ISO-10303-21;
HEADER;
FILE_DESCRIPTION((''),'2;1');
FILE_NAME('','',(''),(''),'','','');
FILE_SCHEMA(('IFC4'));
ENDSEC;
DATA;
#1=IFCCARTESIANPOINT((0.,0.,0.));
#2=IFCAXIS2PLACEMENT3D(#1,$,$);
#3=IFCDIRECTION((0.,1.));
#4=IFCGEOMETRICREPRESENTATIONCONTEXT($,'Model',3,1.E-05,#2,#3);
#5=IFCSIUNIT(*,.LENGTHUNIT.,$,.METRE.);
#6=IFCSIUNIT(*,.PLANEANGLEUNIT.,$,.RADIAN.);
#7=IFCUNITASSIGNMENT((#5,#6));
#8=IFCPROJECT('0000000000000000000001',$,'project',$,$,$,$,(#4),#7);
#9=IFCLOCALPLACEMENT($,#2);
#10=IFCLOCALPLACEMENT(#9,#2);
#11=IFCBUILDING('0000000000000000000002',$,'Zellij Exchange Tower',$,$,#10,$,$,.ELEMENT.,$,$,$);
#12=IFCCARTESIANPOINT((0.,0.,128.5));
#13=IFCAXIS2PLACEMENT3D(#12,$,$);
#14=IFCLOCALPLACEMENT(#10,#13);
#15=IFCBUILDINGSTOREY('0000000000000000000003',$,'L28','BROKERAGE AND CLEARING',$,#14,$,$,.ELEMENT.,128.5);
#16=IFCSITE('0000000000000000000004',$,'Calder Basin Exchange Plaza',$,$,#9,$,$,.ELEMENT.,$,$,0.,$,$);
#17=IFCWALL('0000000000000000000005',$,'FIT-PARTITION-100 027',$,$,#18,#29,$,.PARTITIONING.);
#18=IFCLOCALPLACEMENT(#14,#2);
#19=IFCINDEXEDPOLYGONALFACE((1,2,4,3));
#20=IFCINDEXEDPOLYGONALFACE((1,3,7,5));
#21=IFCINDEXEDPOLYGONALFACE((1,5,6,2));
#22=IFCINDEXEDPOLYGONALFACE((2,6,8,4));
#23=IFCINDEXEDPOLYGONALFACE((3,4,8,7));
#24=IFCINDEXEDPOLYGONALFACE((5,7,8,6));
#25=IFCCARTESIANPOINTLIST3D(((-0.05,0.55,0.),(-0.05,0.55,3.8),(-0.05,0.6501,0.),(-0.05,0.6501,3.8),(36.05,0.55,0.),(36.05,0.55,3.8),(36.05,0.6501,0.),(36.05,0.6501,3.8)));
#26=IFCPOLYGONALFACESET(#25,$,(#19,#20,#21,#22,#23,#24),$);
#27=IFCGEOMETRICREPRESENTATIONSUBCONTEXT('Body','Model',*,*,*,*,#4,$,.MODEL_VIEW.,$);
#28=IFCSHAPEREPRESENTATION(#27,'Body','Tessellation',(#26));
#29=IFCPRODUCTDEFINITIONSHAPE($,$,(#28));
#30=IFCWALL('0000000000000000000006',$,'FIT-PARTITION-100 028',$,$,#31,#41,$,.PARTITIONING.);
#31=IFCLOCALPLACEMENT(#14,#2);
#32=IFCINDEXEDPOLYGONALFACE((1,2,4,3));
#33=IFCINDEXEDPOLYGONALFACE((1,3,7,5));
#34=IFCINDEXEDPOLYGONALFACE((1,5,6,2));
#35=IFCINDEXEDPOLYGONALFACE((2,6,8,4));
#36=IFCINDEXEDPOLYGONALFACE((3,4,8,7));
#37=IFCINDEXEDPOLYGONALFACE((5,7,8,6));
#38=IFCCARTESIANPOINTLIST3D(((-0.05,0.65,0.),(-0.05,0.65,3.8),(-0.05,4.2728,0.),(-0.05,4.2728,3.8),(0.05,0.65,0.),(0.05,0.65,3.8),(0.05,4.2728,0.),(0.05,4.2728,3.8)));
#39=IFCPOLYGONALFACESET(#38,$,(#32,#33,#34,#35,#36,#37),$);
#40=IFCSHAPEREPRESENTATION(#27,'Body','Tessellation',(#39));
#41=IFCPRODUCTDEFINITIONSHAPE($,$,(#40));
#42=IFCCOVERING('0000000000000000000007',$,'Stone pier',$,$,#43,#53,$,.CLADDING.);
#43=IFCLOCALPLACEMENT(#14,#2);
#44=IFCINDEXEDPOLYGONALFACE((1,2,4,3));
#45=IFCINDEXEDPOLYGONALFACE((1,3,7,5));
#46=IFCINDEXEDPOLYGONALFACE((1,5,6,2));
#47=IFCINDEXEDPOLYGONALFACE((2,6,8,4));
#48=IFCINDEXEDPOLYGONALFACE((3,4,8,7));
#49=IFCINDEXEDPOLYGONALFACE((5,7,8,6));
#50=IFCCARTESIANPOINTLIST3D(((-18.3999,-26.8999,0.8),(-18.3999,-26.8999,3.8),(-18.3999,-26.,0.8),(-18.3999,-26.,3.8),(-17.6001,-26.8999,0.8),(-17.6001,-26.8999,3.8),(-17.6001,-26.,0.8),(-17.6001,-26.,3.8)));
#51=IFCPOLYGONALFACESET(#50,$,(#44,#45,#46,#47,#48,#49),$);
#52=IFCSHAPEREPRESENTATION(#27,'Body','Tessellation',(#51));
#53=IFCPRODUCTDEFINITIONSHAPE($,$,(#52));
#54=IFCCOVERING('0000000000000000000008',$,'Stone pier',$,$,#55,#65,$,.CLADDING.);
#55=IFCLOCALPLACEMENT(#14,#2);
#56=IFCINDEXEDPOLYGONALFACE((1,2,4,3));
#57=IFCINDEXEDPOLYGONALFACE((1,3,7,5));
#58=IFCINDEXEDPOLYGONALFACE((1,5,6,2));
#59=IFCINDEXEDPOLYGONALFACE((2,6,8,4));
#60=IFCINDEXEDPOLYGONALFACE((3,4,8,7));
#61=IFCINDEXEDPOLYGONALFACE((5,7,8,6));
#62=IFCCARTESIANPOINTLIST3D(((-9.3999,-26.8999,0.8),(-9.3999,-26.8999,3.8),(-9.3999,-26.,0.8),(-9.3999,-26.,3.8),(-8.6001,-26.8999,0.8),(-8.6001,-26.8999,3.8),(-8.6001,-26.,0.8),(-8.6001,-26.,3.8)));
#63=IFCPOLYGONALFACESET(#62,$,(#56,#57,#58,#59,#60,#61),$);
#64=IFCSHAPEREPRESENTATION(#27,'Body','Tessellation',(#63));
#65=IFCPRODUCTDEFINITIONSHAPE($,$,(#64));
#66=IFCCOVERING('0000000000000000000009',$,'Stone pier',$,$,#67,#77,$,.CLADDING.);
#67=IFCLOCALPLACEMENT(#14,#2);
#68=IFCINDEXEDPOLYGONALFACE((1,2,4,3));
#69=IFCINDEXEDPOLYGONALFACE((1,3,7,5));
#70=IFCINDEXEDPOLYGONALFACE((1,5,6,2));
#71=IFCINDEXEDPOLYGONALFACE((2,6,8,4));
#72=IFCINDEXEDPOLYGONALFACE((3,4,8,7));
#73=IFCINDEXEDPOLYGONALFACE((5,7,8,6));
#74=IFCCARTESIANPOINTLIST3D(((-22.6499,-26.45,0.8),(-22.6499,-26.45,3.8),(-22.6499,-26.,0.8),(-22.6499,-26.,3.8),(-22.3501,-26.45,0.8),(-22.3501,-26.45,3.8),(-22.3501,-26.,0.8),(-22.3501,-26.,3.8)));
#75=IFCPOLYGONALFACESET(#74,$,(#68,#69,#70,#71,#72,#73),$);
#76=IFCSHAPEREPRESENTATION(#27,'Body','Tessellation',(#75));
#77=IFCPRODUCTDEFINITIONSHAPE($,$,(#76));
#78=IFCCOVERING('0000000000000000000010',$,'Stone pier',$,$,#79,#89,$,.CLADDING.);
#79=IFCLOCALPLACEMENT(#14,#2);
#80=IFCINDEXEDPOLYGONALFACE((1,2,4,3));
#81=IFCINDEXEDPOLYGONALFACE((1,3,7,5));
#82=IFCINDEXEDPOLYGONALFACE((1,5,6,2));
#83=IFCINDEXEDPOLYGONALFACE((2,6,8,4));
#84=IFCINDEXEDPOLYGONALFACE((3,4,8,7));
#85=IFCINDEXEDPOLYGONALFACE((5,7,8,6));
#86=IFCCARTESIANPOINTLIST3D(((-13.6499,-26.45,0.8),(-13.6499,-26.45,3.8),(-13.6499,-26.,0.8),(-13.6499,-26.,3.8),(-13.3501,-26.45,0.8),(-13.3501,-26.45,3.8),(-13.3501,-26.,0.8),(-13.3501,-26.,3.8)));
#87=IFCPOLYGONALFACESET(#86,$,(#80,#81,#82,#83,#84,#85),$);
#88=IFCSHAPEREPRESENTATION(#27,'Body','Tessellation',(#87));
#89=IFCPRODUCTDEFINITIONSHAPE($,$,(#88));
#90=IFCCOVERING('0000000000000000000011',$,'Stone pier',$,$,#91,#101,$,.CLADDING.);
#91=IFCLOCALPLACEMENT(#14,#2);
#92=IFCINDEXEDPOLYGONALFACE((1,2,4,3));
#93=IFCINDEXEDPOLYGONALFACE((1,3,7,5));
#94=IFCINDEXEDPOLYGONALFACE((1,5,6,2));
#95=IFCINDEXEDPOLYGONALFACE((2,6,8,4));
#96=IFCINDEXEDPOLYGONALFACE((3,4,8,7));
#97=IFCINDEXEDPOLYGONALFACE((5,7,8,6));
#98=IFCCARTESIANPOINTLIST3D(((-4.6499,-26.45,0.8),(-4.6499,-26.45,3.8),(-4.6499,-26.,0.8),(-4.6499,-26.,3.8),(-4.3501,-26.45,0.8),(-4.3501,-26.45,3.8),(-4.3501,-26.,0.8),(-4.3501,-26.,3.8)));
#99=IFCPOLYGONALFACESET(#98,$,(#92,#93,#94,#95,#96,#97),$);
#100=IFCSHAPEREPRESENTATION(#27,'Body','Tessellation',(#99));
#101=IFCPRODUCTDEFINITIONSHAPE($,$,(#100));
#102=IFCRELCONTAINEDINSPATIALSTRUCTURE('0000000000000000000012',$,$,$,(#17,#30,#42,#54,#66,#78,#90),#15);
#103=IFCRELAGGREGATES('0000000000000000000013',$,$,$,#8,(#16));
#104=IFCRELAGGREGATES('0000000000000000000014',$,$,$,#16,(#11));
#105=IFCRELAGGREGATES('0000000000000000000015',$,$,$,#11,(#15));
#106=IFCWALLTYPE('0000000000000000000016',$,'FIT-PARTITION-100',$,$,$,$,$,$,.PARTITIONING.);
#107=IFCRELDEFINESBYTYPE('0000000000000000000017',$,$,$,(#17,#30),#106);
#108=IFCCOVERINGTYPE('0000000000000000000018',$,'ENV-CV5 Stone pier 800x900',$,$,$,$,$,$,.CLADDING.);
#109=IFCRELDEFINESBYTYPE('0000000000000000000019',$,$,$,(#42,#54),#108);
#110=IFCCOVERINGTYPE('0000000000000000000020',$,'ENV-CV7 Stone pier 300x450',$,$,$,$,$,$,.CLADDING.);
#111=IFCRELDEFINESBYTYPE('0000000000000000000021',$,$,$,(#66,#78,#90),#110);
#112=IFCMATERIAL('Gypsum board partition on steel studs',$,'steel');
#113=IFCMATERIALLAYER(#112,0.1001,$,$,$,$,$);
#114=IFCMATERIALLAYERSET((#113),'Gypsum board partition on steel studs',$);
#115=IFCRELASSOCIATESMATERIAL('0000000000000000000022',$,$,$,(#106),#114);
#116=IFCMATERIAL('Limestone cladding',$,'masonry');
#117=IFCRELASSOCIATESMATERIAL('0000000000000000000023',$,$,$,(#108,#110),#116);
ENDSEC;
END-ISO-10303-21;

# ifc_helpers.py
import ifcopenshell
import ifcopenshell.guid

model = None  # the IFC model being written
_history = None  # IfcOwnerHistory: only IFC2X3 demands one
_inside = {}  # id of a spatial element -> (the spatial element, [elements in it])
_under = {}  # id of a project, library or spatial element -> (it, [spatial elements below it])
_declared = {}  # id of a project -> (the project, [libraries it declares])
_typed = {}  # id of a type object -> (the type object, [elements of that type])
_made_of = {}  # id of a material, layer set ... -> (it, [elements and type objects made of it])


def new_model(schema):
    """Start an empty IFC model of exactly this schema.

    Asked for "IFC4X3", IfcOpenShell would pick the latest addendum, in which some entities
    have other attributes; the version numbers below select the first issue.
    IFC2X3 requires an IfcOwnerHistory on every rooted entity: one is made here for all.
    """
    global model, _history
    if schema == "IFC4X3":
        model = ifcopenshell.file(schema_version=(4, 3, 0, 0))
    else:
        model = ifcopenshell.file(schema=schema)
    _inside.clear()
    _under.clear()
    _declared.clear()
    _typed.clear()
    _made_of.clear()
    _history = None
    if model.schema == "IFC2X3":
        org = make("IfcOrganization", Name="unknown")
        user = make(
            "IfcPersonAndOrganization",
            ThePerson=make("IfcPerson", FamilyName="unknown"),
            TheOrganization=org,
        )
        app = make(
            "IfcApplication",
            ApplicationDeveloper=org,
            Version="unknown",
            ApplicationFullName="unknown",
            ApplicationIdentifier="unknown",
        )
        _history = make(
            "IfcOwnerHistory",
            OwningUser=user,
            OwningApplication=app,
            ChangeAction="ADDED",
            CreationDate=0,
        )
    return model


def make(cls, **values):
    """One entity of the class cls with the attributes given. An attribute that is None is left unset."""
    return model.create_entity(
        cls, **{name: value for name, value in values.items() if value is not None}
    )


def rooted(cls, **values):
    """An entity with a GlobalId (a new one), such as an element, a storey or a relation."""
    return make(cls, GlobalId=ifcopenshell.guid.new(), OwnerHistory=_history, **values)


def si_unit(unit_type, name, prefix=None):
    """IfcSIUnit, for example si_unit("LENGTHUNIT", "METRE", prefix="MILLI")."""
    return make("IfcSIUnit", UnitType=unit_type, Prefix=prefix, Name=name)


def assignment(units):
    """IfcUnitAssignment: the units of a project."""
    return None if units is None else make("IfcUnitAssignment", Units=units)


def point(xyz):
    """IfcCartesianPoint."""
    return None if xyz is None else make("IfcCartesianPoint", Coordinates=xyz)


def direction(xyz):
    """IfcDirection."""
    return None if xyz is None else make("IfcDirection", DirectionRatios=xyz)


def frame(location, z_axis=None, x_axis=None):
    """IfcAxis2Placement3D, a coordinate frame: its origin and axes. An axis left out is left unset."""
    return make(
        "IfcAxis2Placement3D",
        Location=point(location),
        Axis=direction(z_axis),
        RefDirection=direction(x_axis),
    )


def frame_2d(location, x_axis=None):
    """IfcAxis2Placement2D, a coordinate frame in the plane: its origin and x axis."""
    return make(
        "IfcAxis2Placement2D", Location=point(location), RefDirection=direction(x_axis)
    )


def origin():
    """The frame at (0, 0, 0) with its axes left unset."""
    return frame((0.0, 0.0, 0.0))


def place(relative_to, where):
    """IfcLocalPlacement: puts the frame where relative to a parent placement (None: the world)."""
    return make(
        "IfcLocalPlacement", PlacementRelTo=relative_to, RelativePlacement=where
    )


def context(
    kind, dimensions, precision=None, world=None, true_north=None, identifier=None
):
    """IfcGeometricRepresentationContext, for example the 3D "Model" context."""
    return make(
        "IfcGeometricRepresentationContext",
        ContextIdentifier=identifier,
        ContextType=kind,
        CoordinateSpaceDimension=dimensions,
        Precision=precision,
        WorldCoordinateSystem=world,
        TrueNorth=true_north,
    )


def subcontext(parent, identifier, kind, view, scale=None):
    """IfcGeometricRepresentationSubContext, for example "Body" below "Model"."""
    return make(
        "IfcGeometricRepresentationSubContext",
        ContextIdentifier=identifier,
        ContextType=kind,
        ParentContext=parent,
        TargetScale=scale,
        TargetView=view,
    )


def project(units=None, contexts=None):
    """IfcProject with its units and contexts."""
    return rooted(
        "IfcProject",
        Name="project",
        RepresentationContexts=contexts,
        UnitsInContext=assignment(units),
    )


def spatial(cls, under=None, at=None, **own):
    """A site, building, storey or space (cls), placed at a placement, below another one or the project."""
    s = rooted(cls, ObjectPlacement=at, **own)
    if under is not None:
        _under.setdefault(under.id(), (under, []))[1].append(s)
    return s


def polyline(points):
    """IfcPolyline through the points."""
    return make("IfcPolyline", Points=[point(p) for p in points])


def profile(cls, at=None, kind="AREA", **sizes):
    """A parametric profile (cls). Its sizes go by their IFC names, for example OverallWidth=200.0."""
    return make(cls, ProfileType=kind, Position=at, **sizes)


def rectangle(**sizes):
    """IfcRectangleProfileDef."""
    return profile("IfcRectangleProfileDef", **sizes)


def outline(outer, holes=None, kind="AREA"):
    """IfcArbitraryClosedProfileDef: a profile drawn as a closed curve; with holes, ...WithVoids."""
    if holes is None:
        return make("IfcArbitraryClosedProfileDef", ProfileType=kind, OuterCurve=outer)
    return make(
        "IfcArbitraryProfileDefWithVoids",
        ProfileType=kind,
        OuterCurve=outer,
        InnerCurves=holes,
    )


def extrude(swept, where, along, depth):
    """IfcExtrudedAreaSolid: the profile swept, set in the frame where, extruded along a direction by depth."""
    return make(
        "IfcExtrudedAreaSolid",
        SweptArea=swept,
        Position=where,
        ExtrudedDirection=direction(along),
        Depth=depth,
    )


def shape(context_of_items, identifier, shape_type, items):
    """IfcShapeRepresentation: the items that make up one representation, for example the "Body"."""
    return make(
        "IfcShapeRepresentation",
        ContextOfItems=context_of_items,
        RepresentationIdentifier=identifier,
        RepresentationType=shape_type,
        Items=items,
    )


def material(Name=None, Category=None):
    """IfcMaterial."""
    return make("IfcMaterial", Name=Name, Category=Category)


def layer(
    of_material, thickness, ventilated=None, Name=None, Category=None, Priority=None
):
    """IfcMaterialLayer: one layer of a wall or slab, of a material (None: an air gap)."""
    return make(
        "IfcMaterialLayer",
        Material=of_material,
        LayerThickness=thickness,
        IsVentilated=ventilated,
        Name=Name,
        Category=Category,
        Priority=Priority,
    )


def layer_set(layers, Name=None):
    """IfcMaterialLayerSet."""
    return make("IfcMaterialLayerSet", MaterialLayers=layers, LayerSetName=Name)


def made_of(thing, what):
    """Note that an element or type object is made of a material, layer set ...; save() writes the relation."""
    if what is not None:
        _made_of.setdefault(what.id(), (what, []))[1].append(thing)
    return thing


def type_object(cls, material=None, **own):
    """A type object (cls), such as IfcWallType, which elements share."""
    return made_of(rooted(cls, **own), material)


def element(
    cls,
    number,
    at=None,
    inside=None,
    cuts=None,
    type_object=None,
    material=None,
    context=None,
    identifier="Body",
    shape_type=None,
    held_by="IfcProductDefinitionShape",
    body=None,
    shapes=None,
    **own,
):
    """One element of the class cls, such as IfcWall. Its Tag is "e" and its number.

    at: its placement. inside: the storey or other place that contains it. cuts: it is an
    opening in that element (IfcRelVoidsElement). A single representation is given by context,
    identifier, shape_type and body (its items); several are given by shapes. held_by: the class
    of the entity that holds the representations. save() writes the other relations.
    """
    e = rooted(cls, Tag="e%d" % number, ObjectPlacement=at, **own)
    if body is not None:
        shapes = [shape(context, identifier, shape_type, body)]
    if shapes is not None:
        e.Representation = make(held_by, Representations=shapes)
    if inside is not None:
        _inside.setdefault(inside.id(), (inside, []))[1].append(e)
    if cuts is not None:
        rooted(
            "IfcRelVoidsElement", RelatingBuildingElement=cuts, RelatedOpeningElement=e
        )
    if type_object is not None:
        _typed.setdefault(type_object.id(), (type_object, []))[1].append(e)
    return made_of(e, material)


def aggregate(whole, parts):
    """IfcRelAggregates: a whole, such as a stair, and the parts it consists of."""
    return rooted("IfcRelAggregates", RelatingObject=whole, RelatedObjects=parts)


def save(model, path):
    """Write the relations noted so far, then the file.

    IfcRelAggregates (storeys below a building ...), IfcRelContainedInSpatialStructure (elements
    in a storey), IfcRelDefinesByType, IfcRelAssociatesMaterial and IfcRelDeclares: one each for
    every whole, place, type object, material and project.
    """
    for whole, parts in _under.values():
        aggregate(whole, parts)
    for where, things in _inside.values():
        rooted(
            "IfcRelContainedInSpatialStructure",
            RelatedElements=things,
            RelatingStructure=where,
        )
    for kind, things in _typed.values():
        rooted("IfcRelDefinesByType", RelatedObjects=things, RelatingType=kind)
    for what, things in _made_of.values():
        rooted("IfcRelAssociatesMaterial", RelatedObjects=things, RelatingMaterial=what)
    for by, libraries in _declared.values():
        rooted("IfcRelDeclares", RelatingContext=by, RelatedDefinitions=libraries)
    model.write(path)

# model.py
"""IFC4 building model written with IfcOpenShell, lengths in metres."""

from ifc_helpers import new_model, si_unit, direction, frame, frame_2d, origin, place, context, subcontext, project, spatial, polyline, rectangle, outline, extrude, material, layer, layer_set, type_object, element, save


model = new_model("IFC4")

# Units and contexts
model_context = context("Model", 3, precision=1e-05, world=origin(), true_north=direction((0.0, 1.0)))
body_context = subcontext(model_context, "Body", "Model", "MODEL_VIEW")
ifc_project = project(units=[si_unit("LENGTHUNIT", "METRE"), si_unit("PLANEANGLEUNIT", "RADIAN")], contexts=[model_context])

# Site, building, storey
site_placement = place(None, origin())
site = spatial("IfcSite", under=ifc_project, at=site_placement, Name="Calder Basin Exchange Plaza", CompositionType="ELEMENT", RefElevation=0.0)
building_placement = place(site_placement, origin())
building = spatial("IfcBuilding", under=site, at=building_placement, Name="Zellij Exchange Tower", CompositionType="ELEMENT")
storey_placement = place(building_placement, frame((0.0, 0.0, 128.5)))
storey = spatial("IfcBuildingStorey", under=building, at=storey_placement, Name="L28", Description="BROKERAGE AND CLEARING", CompositionType="ELEMENT", Elevation=128.5)

# Walls
ifc_material_1 = material(Name="Gypsum board partition on steel studs", Category="steel")
ifc_layer_1 = layer(ifc_material_1, 0.1001)
ifc_layer_set_1 = layer_set([ifc_layer_1], Name="Gypsum board partition on steel studs")
wall_type_1 = type_object("IfcWallType", Name="FIT-PARTITION-100", PredefinedType="PARTITIONING", material=ifc_layer_set_1)
wall_1_placement = place(storey_placement, frame((-0.05, 0.6001, 0.0), z_axis=(0.0, 0.0, 1.0), x_axis=(1.0, 0.0, 0.0)))
element("IfcWall", 1, at=wall_1_placement, inside=storey, type_object=wall_type_1, Name="FIT-PARTITION-100 027", PredefinedType="PARTITIONING", context=body_context, shape_type="SweptSolid", body=[
    extrude(rectangle(XDim=36.1001, YDim=0.1001, at=frame_2d((18.05, 0.0))), origin(), (0.0, 0.0, 1.0), 3.8),
])
wall_2_placement = place(storey_placement, frame((0.0, 0.6499, 0.0), z_axis=(0.0, 0.0, 1.0), x_axis=(0.0, 1.0, 0.0)))
element("IfcWall", 2, at=wall_2_placement, inside=storey, type_object=wall_type_1, Name="FIT-PARTITION-100 028", PredefinedType="PARTITIONING", context=body_context, shape_type="SweptSolid", body=[
    extrude(rectangle(XDim=3.6228, YDim=0.1001, at=frame_2d((1.8115, 0.0))), origin(), (0.0, 0.0, 1.0), 3.8),
])

# Coverings
ifc_material_2 = material(Name="Limestone cladding", Category="masonry")
covering_type_1 = type_object("IfcCoveringType", Name="ENV-CV5 Stone pier 800x900", PredefinedType="CLADDING", material=ifc_material_2)
covering_1_placement = place(storey_placement, frame((0.0, 0.0, 0.8)))
element("IfcCovering", 3, at=covering_1_placement, inside=storey, type_object=covering_type_1, Name="Stone pier", PredefinedType="CLADDING", context=body_context, shape_type="SweptSolid", body=[
    extrude(outline(polyline([(-18.3999, -26.0), (-17.6001, -26.0), (-17.6001, -26.8999), (-18.3999, -26.8999), (-18.3999, -26.0)])), origin(), (0.0, 0.0, 1.0), 3.0),
])
covering_2_placement = place(storey_placement, frame((0.0, 0.0, 0.8)))
element("IfcCovering", 4, at=covering_2_placement, inside=storey, type_object=covering_type_1, Name="Stone pier", PredefinedType="CLADDING", context=body_context, shape_type="SweptSolid", body=[
    extrude(outline(polyline([(-9.3999, -26.0), (-8.6001, -26.0), (-8.6001, -26.8999), (-9.3999, -26.8999), (-9.3999, -26.0)])), origin(), (0.0, 0.0, 1.0), 3.0),
])
covering_type_2 = type_object("IfcCoveringType", Name="ENV-CV7 Stone pier 300x450", PredefinedType="CLADDING", material=ifc_material_2)
covering_3_placement = place(storey_placement, frame((0.0, 0.0, 0.8)))
element("IfcCovering", 5, at=covering_3_placement, inside=storey, type_object=covering_type_2, Name="Stone pier", PredefinedType="CLADDING", context=body_context, shape_type="SweptSolid", body=[
    extrude(outline(polyline([(-22.6499, -26.0), (-22.3501, -26.0), (-22.3501, -26.45), (-22.6499, -26.45), (-22.6499, -26.0)])), origin(), (0.0, 0.0, 1.0), 3.0),
])
covering_4_placement = place(storey_placement, frame((0.0, 0.0, 0.8)))
element("IfcCovering", 6, at=covering_4_placement, inside=storey, type_object=covering_type_2, Name="Stone pier", PredefinedType="CLADDING", context=body_context, shape_type="SweptSolid", body=[
    extrude(outline(polyline([(-13.6499, -26.0), (-13.3501, -26.0), (-13.3501, -26.45), (-13.6499, -26.45), (-13.6499, -26.0)])), origin(), (0.0, 0.0, 1.0), 3.0),
])
covering_5_placement = place(storey_placement, frame((0.0, 0.0, 0.8)))
element("IfcCovering", 7, at=covering_5_placement, inside=storey, type_object=covering_type_2, Name="Stone pier", PredefinedType="CLADDING", context=body_context, shape_type="SweptSolid", body=[
    extrude(outline(polyline([(-4.6499, -26.0), (-4.3501, -26.0), (-4.3501, -26.45), (-4.6499, -26.45), (-4.6499, -26.0)])), origin(), (0.0, 0.0, 1.0), 3.0),
])

save(model, "model.ifc")
